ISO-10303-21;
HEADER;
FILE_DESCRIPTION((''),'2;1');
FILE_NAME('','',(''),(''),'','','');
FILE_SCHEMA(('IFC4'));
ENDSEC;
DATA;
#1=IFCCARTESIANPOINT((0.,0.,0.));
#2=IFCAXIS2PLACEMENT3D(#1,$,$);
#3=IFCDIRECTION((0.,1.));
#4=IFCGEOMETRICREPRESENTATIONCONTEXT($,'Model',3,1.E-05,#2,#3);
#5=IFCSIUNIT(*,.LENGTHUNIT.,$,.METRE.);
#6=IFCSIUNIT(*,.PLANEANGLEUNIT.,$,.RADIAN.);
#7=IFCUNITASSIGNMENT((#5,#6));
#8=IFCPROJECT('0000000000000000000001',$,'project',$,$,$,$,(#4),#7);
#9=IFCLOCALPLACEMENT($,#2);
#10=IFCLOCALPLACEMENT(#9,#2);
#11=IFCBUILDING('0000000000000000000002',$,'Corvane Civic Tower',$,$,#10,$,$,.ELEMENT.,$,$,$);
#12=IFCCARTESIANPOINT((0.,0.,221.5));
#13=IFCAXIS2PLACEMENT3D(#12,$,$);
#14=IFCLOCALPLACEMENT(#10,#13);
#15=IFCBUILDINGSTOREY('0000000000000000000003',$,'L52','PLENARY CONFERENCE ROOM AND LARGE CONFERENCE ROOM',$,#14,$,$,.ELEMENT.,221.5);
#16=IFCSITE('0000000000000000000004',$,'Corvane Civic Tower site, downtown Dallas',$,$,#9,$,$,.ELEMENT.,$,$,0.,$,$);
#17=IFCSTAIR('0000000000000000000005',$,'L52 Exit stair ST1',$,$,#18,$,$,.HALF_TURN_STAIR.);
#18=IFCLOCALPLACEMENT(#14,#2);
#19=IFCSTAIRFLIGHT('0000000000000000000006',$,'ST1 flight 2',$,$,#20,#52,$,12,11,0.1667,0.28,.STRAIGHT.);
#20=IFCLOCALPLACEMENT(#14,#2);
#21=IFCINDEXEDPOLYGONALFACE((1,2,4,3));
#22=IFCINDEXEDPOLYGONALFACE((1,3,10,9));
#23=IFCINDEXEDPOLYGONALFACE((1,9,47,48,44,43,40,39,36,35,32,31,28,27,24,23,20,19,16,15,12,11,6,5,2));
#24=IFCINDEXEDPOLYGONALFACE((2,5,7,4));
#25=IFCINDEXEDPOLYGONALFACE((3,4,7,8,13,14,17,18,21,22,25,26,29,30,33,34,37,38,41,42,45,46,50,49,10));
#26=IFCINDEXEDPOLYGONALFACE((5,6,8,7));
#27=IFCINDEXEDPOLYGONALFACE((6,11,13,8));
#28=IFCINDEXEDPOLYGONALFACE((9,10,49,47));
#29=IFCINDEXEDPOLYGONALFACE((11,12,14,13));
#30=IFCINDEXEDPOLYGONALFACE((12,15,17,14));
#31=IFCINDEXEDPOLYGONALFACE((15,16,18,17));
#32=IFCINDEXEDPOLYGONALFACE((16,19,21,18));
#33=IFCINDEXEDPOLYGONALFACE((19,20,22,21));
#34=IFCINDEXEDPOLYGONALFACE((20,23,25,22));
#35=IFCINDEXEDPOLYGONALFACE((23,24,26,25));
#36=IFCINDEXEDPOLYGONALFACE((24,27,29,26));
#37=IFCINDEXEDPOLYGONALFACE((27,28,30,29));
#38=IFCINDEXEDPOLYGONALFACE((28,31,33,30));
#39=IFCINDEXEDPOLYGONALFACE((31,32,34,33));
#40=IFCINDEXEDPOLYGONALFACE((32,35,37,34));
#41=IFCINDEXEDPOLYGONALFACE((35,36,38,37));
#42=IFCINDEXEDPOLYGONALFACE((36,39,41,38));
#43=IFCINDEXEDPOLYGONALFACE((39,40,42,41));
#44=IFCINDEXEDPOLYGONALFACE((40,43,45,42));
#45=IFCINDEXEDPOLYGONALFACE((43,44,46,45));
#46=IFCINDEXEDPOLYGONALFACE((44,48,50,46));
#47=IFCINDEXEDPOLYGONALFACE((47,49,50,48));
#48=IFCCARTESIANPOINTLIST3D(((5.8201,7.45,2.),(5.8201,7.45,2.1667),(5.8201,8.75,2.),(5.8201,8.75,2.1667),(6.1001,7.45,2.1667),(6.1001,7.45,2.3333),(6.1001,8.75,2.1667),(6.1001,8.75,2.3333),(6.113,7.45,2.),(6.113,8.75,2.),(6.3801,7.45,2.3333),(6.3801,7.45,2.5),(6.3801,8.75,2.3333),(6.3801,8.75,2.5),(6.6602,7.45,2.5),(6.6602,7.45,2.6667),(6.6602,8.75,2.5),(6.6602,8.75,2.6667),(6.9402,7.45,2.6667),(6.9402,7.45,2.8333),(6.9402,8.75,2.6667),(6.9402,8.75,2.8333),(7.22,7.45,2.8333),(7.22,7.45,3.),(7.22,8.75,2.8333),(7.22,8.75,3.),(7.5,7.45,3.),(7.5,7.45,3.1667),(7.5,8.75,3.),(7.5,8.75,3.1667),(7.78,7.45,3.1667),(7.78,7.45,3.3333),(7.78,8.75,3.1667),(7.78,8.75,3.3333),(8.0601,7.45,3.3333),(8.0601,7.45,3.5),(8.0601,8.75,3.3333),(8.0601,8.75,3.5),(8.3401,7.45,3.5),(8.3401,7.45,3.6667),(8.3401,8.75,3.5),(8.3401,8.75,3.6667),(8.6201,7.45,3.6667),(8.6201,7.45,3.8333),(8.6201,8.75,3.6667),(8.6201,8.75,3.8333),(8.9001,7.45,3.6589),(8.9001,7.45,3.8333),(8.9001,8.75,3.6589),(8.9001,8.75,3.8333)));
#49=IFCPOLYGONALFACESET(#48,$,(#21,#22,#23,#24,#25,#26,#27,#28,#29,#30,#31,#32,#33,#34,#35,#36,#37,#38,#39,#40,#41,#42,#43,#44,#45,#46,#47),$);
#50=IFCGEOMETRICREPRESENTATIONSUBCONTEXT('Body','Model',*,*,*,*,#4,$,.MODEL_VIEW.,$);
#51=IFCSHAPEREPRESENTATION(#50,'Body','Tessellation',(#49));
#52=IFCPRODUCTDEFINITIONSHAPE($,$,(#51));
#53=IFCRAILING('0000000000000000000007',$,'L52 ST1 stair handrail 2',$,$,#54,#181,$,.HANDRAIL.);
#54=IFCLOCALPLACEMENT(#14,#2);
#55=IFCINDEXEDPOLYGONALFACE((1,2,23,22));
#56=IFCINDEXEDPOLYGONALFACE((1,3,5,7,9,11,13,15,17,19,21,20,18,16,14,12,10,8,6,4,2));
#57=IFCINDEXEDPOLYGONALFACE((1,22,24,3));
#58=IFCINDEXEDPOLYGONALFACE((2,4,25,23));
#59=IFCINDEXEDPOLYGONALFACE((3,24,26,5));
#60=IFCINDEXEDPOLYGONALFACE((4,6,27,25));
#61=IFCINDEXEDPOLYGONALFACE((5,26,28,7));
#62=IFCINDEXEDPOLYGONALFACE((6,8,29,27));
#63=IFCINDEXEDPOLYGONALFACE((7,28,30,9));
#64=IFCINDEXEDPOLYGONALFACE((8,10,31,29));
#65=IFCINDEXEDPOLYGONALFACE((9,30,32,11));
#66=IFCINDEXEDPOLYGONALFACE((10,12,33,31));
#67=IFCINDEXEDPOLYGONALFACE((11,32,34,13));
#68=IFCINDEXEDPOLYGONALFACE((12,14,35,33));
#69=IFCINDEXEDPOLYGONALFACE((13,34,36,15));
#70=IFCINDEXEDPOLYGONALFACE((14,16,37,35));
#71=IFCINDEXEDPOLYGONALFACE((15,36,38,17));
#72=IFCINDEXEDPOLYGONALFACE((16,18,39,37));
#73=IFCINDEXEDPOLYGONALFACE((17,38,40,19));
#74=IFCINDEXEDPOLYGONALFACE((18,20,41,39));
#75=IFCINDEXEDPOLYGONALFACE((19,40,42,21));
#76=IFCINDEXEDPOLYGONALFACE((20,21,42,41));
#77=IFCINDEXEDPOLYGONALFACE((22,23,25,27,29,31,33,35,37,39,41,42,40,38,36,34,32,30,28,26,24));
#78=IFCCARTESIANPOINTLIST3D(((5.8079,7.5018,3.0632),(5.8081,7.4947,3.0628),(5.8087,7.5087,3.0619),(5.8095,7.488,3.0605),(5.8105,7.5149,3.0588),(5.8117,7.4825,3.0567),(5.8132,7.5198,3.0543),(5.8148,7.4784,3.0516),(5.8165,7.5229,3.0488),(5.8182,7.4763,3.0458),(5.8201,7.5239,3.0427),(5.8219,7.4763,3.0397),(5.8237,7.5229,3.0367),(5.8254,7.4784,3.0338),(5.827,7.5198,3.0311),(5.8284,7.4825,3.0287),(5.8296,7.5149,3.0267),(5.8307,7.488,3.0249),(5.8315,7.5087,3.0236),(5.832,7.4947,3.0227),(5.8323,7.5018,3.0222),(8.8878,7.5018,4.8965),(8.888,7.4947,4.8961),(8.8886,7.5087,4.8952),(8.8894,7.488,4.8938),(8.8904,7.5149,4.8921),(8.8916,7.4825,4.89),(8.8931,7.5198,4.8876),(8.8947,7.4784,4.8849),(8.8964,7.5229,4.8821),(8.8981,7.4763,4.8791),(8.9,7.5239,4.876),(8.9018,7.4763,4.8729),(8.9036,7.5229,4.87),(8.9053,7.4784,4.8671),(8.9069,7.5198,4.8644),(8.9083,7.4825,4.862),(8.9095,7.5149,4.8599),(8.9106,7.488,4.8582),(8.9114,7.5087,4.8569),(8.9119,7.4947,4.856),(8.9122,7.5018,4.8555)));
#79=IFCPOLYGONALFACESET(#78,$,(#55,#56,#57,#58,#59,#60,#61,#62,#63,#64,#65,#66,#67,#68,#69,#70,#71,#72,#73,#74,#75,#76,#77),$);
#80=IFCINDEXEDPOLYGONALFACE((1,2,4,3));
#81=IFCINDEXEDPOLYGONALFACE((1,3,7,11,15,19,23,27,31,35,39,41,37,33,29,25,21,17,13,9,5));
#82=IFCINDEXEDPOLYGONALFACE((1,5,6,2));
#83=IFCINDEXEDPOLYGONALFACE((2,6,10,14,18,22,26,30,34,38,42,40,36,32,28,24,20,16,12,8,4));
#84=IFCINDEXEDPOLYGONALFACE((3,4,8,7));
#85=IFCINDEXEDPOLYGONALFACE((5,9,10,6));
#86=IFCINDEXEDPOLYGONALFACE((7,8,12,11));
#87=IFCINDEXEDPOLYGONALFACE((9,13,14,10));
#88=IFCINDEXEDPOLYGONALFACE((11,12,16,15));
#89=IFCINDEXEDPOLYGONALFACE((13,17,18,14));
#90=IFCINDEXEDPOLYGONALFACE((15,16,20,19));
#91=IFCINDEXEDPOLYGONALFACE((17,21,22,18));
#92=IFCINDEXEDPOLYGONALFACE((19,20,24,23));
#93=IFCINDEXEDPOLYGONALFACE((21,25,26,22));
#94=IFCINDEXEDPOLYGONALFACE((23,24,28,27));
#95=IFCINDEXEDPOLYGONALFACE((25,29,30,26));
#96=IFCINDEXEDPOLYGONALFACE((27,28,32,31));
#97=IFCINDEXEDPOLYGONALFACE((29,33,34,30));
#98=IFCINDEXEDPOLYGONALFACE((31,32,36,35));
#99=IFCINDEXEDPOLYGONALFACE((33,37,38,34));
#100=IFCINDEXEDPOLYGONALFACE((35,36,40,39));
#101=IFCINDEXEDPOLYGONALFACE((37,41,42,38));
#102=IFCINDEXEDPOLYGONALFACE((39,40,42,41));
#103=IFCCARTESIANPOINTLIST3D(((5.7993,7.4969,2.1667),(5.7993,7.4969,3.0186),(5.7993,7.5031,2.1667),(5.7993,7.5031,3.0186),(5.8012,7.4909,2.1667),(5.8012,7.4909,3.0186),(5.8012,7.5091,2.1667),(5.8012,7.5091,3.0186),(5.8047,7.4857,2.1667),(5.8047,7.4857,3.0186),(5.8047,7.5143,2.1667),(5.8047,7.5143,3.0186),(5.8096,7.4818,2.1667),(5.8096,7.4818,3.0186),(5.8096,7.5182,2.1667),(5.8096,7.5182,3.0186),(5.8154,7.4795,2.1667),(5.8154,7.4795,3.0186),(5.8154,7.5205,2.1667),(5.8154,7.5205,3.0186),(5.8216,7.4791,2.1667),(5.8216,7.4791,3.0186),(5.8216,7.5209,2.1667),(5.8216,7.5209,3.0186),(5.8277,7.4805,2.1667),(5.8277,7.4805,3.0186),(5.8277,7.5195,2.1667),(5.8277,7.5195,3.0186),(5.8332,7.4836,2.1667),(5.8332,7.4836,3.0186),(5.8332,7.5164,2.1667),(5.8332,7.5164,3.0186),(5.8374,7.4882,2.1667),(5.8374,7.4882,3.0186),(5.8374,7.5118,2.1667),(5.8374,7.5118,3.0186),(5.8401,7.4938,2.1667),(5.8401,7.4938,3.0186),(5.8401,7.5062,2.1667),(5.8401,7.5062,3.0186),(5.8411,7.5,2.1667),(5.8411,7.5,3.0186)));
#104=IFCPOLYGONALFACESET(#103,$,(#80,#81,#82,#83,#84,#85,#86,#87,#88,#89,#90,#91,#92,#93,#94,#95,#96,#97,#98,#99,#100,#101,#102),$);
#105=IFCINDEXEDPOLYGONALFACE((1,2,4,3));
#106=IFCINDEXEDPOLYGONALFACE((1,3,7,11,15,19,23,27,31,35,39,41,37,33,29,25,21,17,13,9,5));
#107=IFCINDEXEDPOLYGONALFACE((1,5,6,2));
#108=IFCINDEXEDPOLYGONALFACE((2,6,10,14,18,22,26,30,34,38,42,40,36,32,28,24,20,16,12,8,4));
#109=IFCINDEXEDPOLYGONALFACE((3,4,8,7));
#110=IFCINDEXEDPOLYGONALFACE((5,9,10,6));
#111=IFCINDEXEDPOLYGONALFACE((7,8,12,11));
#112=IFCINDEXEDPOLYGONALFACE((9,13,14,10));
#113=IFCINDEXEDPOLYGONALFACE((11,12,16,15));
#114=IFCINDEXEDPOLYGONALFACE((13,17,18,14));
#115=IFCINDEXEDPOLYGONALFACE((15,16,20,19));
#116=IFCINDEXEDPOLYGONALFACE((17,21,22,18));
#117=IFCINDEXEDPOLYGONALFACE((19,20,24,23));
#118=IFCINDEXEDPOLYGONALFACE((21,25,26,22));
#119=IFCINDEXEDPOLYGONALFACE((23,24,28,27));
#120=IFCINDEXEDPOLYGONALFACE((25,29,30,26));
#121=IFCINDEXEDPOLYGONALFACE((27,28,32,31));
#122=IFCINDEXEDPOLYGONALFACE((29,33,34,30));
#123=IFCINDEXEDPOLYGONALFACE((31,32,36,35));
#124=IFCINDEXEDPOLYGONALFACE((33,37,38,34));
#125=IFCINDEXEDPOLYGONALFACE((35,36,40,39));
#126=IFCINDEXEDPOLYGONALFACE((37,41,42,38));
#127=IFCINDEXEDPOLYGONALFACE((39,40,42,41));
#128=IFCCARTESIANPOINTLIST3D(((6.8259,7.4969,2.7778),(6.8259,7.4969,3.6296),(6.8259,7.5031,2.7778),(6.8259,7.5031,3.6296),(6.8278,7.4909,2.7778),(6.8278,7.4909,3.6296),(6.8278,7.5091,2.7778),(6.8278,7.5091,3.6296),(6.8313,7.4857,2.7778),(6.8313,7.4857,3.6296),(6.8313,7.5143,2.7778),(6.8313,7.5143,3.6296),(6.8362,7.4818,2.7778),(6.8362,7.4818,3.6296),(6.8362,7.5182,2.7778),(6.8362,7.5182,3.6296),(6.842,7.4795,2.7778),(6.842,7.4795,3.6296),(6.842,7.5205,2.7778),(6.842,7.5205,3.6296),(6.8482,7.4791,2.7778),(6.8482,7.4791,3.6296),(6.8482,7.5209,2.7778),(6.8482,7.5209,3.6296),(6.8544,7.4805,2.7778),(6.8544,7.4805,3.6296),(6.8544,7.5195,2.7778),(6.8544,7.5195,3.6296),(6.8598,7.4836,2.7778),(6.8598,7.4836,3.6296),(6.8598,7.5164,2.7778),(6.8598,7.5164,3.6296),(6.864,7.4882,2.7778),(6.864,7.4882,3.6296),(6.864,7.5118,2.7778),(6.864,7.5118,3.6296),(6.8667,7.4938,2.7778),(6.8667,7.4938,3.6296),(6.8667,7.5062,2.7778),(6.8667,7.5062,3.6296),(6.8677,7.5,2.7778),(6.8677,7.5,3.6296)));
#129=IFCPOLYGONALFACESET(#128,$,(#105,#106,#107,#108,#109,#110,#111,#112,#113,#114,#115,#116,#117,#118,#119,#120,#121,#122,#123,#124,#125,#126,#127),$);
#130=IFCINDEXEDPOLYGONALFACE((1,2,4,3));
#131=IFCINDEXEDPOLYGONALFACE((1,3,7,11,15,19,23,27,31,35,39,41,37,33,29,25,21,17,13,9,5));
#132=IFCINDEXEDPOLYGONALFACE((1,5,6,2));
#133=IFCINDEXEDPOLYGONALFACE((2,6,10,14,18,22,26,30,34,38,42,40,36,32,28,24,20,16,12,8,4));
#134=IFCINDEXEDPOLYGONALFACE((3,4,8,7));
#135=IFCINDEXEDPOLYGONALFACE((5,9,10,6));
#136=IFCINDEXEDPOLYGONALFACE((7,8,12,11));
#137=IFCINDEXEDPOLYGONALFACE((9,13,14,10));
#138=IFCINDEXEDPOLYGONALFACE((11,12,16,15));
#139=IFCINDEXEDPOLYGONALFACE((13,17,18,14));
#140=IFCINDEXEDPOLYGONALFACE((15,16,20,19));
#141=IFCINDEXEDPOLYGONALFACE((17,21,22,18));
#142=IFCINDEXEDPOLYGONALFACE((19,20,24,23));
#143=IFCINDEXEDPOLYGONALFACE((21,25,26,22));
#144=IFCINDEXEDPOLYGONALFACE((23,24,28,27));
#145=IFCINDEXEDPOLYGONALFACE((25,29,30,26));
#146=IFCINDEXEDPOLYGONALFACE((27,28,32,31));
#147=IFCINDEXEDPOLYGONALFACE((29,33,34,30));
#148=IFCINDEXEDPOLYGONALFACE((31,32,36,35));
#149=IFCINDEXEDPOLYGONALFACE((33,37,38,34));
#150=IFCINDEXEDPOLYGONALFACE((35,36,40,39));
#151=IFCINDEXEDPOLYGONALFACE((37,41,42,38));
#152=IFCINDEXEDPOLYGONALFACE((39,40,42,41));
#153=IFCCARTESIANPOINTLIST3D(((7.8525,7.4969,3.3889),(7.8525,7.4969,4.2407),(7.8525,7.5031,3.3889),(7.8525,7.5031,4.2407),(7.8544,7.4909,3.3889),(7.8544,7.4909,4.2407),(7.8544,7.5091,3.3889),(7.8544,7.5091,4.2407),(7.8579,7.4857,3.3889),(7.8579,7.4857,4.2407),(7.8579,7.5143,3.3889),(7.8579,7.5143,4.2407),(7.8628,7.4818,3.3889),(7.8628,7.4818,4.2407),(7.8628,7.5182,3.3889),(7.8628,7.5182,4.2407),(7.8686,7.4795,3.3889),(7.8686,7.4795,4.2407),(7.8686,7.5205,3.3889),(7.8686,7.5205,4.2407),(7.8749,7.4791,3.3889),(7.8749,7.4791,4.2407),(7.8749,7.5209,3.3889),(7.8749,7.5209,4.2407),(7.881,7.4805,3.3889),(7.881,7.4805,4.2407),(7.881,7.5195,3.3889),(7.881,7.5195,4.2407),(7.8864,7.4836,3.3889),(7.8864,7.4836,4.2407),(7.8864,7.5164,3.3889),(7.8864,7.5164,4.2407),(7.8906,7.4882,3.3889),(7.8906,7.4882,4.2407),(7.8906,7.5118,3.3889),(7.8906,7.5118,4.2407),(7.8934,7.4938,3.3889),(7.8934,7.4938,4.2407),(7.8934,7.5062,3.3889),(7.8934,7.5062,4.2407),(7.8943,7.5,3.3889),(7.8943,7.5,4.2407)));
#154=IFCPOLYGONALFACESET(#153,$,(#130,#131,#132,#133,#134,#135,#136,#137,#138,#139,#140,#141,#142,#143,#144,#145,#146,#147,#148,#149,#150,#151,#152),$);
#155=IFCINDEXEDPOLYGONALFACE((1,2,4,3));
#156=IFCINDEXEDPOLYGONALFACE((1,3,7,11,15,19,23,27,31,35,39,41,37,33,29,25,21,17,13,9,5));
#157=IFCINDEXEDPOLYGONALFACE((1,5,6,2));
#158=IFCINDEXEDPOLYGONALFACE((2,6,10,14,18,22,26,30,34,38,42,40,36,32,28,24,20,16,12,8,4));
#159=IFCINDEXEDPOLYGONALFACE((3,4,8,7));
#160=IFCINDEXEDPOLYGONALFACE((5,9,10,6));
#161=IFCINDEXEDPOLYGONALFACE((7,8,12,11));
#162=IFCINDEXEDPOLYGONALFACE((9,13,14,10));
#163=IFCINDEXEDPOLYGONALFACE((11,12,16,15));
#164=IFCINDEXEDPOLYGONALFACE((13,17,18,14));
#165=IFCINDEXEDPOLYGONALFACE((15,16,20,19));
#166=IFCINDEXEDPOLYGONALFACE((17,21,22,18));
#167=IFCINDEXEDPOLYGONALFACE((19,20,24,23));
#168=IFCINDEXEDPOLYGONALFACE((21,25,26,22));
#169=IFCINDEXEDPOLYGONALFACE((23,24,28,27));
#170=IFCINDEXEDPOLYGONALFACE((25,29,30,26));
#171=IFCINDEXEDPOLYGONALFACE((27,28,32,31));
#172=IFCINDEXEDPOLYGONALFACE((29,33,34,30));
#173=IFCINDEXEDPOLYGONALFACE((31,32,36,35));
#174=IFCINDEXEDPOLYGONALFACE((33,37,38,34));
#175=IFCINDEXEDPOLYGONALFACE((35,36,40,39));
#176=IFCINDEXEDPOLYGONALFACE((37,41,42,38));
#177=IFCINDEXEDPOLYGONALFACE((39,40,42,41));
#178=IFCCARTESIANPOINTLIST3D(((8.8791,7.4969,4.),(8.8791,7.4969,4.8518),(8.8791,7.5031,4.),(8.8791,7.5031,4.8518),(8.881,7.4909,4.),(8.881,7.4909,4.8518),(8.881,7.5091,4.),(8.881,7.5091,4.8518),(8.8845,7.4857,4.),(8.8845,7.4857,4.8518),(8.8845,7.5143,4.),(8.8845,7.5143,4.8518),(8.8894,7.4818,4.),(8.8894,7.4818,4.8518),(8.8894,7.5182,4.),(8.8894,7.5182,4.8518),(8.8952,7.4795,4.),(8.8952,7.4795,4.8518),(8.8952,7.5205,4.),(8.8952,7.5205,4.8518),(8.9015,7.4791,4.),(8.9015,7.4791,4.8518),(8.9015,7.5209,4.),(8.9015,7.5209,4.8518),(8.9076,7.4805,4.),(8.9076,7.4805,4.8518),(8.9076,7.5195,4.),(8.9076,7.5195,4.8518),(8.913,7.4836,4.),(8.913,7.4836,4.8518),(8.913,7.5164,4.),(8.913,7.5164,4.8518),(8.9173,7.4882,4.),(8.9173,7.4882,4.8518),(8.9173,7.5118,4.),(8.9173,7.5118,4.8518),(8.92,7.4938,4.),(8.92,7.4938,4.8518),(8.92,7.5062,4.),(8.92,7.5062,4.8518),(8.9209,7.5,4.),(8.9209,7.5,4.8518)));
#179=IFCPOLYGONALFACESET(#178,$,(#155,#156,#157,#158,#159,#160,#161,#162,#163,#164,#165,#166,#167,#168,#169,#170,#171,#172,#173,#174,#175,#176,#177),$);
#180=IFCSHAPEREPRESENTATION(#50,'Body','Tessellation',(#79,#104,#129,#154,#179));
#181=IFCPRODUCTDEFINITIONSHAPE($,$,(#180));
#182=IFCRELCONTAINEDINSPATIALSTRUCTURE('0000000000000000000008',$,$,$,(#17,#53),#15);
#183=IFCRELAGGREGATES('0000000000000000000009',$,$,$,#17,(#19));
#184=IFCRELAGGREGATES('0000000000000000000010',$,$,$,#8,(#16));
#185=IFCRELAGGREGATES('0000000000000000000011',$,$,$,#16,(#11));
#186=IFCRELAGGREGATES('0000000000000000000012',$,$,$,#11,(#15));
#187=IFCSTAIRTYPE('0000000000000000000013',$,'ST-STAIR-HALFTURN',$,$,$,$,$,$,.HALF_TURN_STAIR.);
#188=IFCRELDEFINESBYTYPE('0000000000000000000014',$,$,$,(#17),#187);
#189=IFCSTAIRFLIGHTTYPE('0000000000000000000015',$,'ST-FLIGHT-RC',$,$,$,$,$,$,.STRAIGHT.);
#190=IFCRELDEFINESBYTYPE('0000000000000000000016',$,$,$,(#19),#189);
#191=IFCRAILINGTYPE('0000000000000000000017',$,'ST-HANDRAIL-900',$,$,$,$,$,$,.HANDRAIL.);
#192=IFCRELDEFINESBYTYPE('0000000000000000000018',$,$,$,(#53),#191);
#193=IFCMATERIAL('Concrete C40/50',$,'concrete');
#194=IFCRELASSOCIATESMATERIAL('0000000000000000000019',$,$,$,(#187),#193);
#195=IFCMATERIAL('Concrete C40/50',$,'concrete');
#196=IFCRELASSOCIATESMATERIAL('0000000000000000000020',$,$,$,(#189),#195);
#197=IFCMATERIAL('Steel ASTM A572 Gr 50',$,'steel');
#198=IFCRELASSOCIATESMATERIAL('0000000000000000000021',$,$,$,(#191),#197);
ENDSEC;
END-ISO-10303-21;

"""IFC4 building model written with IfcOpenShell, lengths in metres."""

from ifc_helpers import new_model, si_unit, direction, frame, origin, origin_2d, place, context, subcontext, project, spatial, polyline, circle, outline, extrude, material, type_object, element, aggregate, save


model = new_model("IFC4")

# Units and contexts
model_context = context("Model", 3, precision=1e-05, world=origin(), true_north=direction((0.0, 1.0)))
body_context = subcontext(model_context, "Body", "Model", "MODEL_VIEW")
ifc_project = project(units=[si_unit("LENGTHUNIT", "METRE"), si_unit("PLANEANGLEUNIT", "RADIAN")], contexts=[model_context])

# Site, building, storey
site_placement = place(None, origin())
site = spatial("IfcSite", under=ifc_project, at=site_placement, Name="Corvane Civic Tower site, downtown Dallas", CompositionType="ELEMENT", RefElevation=0.0)
building_placement = place(site_placement, origin())
building = spatial("IfcBuilding", under=site, at=building_placement, Name="Corvane Civic Tower", CompositionType="ELEMENT")
storey_placement = place(building_placement, frame((0.0, 0.0, 221.5)))
storey = spatial("IfcBuildingStorey", under=building, at=storey_placement, Name="L52", Description="PLENARY CONFERENCE ROOM AND LARGE CONFERENCE ROOM", CompositionType="ELEMENT", Elevation=221.5)

# Stair, stair flight
ifc_material_1 = material(Name="Concrete C40/50", Category="concrete")
stair_type = type_object("IfcStairType", Name="ST-STAIR-HALFTURN", PredefinedType="HALF_TURN_STAIR", material=ifc_material_1)
stair_placement = place(storey_placement, origin())
stair = element("IfcStair", 1, at=stair_placement, inside=storey, type_object=stair_type, Name="L52 Exit stair ST1", PredefinedType="HALF_TURN_STAIR")
ifc_material_2 = material(Name="Concrete C40/50", Category="concrete")
stair_flight_type = type_object("IfcStairFlightType", Name="ST-FLIGHT-RC", PredefinedType="STRAIGHT", material=ifc_material_2)
stair_flight_placement = place(storey_placement, frame((5.8201, 8.1001, 2.0), z_axis=(0.0, 0.0, 1.0), x_axis=(1.0, 0.0, 0.0)))
stair_flight = element("IfcStairFlight", 2, at=stair_flight_placement, type_object=stair_flight_type, Name="ST1 flight 2", NumberOfRisers=12, NumberOfTreads=11, PredefinedType="STRAIGHT", RiserHeight=0.1667, TreadLength=0.28, context=body_context, shape_type="SweptSolid", body=[
    extrude(outline(polyline([(0.0, 0.0), (0.0, 0.1667), (0.28, 0.1667), (0.28, 0.3333), (0.5601, 0.3333), (0.5601, 0.5), (0.8401, 0.5), (0.8401, 0.6667), (1.1201, 0.6667), (1.1201, 0.8333), (1.3999, 0.8333), (1.3999, 1.0), (1.6799, 1.0), (1.6799, 1.1667), (1.96, 1.1667), (1.96, 1.3333), (2.24, 1.3333), (2.24, 1.5), (2.52, 1.5), (2.52, 1.6667), (2.8, 1.6667), (2.8, 1.8333), (3.0801, 1.8333), (3.0801, 2.0), (3.0801, 1.6589), (0.293, 0.0), (0.0, 0.0)])), frame((0.0, 0.6499, 0.0), z_axis=(0.0, -1.0, 0.0), x_axis=(1.0, 0.0, 0.0)), (0.0, 0.0, 1.0), 1.3),
])
aggregate(stair, [stair_flight])

# Railing
ifc_material_3 = material(Name="Steel ASTM A572 Gr 50", Category="steel")
railing_type_1 = type_object("IfcRailingType", Name="ST-HANDRAIL-900", PredefinedType="HANDRAIL", material=ifc_material_3)
railing_1_placement = place(storey_placement, frame((5.8201, 7.5, 2.1667)))
element("IfcRailing", 3, at=railing_1_placement, inside=storey, type_object=railing_type_1, Name="L52 ST1 stair handrail 2", PredefinedType="HANDRAIL", context=body_context, shape_type="SweptSolid", body=[
    extrude(circle(Radius=0.0239, at=origin_2d()), frame((0.0, 0.0, 0.876), z_axis=(0.859291, 0.0, 0.511487), x_axis=(0.0, 1.0, 0.0)), (0.0, 0.0, 1.0), 3.5842),
    extrude(circle(Radius=0.021, at=origin_2d()), origin(), (0.0, 0.0, 1.0), 0.8518),
    extrude(circle(Radius=0.021, at=origin_2d()), frame((1.0266, 0.0, 0.6111)), (0.0, 0.0, 1.0), 0.8518),
    extrude(circle(Radius=0.021, at=origin_2d()), frame((2.0532, 0.0, 1.2222)), (0.0, 0.0, 1.0), 0.8518),
    extrude(circle(Radius=0.021, at=origin_2d()), frame((3.0798, 0.0, 1.8333)), (0.0, 0.0, 1.0), 0.8518),
])

save(model, "model.ifc")
